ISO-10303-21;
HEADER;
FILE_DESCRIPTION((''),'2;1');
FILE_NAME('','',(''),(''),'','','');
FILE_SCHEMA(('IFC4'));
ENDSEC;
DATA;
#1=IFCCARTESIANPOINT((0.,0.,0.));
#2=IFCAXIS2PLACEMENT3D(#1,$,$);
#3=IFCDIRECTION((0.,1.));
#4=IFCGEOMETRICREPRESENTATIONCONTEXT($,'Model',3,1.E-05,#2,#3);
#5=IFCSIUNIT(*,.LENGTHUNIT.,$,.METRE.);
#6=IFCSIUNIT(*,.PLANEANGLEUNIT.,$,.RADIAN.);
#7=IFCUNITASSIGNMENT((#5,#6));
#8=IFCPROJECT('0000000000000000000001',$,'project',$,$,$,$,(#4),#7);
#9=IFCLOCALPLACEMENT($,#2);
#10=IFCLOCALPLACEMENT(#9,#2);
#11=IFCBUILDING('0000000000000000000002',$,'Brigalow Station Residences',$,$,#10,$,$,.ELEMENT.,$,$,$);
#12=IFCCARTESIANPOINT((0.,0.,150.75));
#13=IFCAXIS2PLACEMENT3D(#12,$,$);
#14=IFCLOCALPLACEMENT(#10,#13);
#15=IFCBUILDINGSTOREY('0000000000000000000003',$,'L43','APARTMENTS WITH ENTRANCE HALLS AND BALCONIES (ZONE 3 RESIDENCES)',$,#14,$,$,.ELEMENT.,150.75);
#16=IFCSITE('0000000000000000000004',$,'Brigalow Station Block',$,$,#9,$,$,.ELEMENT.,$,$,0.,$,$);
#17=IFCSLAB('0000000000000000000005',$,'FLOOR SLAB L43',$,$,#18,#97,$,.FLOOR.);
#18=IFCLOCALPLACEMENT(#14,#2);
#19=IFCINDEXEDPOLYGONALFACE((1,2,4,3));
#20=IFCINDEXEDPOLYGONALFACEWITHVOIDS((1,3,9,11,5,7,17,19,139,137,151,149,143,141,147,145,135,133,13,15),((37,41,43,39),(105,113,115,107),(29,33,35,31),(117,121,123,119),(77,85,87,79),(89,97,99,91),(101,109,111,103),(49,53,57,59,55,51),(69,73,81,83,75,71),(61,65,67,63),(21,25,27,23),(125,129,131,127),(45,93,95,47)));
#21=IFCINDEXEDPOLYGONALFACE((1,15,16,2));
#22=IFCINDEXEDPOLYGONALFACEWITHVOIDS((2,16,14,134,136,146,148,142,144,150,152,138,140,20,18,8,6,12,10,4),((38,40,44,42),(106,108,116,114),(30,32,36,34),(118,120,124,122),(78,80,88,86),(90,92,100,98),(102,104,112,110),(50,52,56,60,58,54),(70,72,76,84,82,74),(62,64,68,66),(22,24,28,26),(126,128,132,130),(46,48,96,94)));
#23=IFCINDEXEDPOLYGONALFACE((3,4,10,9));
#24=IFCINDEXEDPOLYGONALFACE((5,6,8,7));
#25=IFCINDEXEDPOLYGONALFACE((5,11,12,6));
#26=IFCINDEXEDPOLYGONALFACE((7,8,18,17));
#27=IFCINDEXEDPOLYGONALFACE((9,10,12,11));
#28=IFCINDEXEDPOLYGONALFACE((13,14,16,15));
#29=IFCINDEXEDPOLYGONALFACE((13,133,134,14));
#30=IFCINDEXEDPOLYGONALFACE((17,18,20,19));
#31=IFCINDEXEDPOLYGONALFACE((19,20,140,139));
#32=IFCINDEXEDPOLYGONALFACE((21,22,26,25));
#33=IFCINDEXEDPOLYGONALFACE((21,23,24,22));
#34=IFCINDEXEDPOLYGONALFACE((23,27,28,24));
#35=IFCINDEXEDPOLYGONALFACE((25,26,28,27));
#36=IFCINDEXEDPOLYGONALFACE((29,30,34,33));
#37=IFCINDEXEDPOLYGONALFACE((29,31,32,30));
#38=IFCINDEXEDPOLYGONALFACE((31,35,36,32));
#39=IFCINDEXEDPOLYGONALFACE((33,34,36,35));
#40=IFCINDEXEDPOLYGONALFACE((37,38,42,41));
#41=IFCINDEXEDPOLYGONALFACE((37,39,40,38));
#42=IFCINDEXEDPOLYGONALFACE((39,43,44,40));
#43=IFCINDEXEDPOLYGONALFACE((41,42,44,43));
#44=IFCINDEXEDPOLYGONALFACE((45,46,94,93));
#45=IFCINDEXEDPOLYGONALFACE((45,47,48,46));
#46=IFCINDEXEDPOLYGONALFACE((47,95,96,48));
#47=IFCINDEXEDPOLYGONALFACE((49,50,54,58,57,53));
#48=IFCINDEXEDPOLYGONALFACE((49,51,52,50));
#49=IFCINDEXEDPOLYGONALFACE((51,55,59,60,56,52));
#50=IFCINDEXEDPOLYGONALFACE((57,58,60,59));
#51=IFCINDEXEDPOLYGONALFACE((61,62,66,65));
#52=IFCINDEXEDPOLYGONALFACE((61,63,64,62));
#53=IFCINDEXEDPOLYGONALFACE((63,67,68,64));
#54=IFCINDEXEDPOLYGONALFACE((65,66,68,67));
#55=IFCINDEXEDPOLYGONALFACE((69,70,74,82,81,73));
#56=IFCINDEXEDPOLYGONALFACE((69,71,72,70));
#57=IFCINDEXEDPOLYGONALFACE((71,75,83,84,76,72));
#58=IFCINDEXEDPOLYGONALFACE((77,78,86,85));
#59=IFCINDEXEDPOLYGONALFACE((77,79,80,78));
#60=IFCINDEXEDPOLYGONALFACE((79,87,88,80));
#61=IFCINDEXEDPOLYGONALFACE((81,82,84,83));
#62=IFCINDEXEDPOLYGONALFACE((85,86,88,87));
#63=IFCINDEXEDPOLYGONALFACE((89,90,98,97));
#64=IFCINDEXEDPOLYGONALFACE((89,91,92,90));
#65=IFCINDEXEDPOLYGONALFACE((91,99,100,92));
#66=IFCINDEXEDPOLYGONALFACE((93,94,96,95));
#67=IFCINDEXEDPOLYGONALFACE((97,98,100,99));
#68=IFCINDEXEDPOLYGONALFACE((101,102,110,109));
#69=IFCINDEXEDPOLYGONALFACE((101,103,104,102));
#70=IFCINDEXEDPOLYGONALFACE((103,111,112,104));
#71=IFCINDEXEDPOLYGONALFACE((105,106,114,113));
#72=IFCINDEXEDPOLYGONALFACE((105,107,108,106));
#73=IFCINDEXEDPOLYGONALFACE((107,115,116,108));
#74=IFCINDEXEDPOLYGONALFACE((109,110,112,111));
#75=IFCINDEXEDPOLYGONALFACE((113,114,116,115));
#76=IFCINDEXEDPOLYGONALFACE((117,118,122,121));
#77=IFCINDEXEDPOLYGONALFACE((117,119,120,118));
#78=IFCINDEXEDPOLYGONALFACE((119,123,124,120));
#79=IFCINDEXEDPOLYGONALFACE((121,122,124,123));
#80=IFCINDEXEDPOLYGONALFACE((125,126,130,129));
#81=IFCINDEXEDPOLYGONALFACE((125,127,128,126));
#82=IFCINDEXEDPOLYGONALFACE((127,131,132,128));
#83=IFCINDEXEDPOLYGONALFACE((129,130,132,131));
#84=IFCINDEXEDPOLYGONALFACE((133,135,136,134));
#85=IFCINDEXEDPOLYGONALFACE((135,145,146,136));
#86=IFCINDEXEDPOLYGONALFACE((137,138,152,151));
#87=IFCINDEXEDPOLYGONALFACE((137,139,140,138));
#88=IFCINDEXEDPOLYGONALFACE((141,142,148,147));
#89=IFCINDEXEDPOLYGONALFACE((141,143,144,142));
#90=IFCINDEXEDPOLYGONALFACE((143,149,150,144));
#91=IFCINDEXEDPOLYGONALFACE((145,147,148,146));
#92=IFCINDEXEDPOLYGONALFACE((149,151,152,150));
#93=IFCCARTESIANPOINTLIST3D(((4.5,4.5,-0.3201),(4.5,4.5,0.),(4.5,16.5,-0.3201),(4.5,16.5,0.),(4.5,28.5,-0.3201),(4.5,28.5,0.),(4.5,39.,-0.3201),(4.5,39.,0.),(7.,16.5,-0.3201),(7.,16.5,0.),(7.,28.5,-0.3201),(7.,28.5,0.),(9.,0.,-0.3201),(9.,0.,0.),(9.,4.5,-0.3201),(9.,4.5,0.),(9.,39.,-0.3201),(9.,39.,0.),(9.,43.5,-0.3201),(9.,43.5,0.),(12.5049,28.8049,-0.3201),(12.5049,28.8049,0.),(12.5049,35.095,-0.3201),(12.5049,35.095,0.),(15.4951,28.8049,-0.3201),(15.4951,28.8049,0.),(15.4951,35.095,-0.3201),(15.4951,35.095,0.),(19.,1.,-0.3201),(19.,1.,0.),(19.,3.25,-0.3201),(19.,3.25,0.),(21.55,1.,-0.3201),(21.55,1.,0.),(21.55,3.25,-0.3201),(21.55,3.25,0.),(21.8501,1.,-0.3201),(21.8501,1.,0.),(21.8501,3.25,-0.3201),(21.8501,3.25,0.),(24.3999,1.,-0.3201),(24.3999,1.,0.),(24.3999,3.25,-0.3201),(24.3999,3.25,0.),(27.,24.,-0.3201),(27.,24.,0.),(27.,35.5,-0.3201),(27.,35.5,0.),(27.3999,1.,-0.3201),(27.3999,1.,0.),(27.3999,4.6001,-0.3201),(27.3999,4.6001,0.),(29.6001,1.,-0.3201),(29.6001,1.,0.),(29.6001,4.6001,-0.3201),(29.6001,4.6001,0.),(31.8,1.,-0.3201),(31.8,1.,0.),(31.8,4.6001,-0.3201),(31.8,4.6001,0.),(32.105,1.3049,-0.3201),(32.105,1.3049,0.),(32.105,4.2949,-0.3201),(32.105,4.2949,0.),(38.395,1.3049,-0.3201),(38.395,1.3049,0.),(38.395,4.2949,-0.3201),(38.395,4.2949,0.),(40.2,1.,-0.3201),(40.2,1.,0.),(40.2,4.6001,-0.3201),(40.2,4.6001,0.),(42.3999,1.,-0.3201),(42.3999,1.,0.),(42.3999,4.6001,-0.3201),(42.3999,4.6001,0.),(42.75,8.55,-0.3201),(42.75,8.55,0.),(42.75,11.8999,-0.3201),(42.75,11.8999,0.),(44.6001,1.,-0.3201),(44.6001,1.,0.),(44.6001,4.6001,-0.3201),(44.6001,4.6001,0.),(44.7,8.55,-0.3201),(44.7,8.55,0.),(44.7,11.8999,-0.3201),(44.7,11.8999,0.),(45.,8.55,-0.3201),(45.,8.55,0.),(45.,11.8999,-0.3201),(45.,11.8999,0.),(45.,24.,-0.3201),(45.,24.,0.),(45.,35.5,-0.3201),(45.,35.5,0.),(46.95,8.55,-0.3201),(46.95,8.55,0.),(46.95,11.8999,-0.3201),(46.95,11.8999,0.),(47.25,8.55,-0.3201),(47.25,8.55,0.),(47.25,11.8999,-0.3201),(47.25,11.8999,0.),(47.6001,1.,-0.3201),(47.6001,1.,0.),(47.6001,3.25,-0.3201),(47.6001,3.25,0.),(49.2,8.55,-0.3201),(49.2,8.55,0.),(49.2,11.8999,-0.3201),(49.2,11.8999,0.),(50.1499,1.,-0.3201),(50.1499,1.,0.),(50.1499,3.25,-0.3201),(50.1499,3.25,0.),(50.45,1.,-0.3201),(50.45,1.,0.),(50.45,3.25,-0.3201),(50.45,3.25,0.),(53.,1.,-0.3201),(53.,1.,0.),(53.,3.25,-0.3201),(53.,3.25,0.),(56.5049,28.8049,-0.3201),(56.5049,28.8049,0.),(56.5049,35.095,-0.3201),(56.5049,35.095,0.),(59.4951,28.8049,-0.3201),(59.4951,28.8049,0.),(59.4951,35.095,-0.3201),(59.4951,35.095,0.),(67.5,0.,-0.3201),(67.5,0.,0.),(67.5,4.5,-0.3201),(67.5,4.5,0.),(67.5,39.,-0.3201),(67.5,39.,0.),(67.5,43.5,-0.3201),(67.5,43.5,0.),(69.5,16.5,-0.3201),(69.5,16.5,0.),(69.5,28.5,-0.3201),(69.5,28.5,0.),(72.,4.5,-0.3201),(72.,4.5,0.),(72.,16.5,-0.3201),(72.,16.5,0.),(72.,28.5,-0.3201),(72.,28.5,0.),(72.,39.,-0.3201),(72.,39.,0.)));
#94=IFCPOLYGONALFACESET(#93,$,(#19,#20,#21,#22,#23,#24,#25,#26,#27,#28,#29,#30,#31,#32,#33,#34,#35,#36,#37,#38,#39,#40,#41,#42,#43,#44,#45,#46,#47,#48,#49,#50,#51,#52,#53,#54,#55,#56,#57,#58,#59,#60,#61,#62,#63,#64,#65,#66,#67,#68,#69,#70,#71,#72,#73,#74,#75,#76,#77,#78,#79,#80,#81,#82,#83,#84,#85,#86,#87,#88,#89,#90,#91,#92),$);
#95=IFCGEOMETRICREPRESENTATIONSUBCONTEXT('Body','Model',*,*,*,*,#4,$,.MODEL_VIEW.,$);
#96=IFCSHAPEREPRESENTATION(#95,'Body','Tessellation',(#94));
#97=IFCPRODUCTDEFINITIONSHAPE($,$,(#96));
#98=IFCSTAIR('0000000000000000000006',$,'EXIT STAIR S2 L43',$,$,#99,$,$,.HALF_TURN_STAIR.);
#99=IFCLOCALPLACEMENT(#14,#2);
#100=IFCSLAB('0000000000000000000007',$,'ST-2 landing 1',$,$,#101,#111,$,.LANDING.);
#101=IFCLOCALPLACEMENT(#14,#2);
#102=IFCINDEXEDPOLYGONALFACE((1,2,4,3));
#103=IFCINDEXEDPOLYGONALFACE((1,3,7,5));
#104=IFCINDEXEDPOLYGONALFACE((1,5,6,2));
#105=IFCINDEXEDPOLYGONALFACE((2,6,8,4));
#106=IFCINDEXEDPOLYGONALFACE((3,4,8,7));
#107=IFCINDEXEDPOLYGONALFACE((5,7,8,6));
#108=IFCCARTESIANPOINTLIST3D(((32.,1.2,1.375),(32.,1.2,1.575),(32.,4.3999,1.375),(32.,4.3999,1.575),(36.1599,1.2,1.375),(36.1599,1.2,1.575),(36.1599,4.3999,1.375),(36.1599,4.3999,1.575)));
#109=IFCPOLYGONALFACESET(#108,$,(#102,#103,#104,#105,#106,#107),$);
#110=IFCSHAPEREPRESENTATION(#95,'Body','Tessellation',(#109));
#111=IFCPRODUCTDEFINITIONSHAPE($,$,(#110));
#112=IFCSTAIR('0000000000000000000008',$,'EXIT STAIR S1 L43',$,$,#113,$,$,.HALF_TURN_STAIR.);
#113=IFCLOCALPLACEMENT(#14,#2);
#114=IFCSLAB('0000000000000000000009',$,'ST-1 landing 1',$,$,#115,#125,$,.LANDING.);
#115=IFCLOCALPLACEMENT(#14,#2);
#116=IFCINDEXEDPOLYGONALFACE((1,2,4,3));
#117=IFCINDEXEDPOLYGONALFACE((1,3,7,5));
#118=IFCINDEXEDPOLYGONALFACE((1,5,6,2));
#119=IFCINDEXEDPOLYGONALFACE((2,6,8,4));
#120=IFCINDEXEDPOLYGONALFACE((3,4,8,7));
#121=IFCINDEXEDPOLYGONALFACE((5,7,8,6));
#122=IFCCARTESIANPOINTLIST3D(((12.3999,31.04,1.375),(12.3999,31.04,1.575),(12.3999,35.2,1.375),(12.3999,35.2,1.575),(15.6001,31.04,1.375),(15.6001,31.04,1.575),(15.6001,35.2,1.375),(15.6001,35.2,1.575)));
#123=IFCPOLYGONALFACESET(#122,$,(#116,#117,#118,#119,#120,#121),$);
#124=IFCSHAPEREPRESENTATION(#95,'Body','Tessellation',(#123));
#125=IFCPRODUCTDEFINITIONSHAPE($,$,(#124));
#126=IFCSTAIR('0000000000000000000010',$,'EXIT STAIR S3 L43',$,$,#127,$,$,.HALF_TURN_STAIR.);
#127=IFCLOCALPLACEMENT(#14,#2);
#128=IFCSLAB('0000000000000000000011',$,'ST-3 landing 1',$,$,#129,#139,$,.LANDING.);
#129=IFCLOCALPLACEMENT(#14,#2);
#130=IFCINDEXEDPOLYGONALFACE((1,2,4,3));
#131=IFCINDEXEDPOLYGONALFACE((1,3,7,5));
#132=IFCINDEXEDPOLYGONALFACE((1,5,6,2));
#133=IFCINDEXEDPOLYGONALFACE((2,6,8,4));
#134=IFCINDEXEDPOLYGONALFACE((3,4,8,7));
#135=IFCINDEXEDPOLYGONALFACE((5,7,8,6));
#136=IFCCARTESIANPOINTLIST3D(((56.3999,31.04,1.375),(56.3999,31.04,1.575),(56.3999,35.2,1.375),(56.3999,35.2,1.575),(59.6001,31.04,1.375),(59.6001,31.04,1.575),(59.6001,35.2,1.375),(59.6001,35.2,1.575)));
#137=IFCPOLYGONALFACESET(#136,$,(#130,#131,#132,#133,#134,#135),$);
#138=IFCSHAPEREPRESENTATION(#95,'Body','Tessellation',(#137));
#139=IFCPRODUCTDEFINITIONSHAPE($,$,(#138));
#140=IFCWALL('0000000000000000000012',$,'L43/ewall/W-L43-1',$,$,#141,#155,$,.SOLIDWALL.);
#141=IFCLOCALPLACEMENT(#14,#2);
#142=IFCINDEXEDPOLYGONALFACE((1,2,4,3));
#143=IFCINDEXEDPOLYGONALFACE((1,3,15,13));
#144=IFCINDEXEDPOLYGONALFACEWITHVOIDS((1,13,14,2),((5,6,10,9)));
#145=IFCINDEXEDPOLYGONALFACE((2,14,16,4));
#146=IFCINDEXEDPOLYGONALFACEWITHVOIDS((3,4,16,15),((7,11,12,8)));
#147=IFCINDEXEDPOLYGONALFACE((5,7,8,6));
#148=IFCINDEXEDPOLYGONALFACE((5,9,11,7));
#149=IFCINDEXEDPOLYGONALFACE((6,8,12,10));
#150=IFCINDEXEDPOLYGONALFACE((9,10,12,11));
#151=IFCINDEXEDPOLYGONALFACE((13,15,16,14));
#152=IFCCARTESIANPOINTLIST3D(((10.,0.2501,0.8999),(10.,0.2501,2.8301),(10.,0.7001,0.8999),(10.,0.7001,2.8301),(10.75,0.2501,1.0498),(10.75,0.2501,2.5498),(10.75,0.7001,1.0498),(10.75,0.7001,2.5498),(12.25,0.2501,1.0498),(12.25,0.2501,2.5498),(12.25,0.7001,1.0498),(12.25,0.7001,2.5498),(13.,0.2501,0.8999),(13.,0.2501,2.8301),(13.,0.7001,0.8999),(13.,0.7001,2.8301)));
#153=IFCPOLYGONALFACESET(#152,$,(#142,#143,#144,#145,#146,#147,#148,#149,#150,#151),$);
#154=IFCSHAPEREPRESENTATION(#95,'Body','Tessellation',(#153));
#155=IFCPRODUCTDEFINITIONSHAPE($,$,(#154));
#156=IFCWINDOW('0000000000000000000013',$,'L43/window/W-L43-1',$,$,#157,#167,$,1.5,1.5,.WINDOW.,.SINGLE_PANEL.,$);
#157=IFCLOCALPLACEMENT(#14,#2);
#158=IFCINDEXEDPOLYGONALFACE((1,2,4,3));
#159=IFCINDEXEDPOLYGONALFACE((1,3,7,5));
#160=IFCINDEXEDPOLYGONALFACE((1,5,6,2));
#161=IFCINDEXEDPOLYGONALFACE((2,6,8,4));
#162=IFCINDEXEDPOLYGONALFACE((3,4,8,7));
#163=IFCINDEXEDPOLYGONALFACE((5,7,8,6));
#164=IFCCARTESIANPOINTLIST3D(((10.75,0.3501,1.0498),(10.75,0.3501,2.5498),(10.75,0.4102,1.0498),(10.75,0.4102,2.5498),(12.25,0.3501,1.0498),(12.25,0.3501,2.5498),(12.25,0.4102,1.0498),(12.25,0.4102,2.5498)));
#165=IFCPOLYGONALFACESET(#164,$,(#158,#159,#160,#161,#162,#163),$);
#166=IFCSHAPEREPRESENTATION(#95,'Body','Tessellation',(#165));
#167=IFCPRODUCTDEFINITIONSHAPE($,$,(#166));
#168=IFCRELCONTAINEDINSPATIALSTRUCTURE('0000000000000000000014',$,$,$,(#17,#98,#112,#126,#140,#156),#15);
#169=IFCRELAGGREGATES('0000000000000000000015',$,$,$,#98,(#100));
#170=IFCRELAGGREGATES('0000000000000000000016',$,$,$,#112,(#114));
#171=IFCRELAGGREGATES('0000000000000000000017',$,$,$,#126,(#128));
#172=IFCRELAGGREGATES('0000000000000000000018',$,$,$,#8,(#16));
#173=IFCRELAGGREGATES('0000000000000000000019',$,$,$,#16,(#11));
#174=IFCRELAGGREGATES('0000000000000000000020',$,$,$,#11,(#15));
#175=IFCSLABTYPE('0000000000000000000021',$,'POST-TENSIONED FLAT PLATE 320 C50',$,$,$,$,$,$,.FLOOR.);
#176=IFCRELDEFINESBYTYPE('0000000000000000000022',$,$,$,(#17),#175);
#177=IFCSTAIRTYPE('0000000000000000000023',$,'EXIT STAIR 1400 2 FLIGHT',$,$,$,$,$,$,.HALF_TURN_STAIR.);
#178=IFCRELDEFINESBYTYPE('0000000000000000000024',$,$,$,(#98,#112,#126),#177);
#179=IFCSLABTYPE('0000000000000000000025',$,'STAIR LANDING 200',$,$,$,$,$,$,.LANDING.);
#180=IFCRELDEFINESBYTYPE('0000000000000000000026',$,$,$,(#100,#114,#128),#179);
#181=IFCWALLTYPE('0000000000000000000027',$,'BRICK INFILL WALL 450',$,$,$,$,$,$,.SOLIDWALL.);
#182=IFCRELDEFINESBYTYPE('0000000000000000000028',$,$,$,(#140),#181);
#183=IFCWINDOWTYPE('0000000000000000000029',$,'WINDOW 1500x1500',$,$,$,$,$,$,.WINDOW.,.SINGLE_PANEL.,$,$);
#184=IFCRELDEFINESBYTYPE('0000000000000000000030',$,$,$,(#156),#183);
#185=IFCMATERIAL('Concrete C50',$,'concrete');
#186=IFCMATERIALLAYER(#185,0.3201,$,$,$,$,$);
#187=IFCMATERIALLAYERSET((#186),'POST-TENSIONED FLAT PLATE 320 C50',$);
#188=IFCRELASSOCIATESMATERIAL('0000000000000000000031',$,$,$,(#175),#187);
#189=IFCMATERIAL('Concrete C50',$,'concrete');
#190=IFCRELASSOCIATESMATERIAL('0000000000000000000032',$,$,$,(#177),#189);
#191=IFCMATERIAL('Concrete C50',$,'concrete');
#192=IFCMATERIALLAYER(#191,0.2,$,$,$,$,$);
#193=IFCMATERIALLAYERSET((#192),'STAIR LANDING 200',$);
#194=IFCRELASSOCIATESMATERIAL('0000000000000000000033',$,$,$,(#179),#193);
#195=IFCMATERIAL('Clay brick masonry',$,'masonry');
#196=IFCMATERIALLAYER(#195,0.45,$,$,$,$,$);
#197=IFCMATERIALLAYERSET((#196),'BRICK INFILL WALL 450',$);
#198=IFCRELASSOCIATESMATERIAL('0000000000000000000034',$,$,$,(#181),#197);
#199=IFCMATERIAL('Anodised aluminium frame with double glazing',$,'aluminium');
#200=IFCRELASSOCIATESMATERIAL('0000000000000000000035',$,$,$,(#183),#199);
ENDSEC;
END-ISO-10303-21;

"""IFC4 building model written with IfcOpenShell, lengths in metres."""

from ifc_helpers import new_model, si_unit, direction, frame, frame_2d, origin, place, context, subcontext, project, spatial, polyline, rectangle, outline, extrude, material, layer, layer_set, type_object, element, fill, aggregate, save


model = new_model("IFC4")

# Units and contexts
model_context = context("Model", 3, precision=1e-05, world=origin(), true_north=direction((0.0, 1.0)))
body_context = subcontext(model_context, "Body", "Model", "MODEL_VIEW")
ifc_project = project(units=[si_unit("LENGTHUNIT", "METRE"), si_unit("PLANEANGLEUNIT", "RADIAN")], contexts=[model_context])

# Site, building, storey
site_placement = place(None, origin())
site = spatial("IfcSite", under=ifc_project, at=site_placement, Name="Brigalow Station Block", CompositionType="ELEMENT", RefElevation=0.0)
building_placement = place(site_placement, origin())
building = spatial("IfcBuilding", under=site, at=building_placement, Name="Brigalow Station Residences", CompositionType="ELEMENT")
storey_placement = place(building_placement, frame((0.0, 0.0, 150.75)))
storey = spatial("IfcBuildingStorey", under=building, at=storey_placement, Name="L43", Description="APARTMENTS WITH ENTRANCE HALLS AND BALCONIES (ZONE 3 RESIDENCES)", CompositionType="ELEMENT", Elevation=150.75)

# Slab
ifc_material_1 = material(Name="Concrete C50", Category="concrete")
ifc_layer_1 = layer(ifc_material_1, 0.3201)
ifc_layer_set_1 = layer_set([ifc_layer_1], Name="POST-TENSIONED FLAT PLATE 320 C50")
slab_type_1 = type_object("IfcSlabType", Name="POST-TENSIONED FLAT PLATE 320 C50", PredefinedType="FLOOR", material=ifc_layer_set_1)
slab_1_placement = place(storey_placement, frame((0.0, 0.0, -0.3201)))
element("IfcSlab", 1, at=slab_1_placement, inside=storey, type_object=slab_type_1, Name="FLOOR SLAB L43", PredefinedType="FLOOR", context=body_context, shape_type="SweptSolid", body=[
    extrude(outline(polyline([(9.0, 0.0), (67.5, 0.0), (67.5, 4.5), (72.0, 4.5), (72.0, 16.5), (69.5, 16.5), (69.5, 28.5), (72.0, 28.5), (72.0, 39.0), (67.5, 39.0), (67.5, 43.5), (9.0, 43.5), (9.0, 39.0), (4.5, 39.0), (4.5, 28.5), (7.0, 28.5), (7.0, 16.5), (4.5, 16.5), (4.5, 4.5), (9.0, 4.5), (9.0, 0.0)]), holes=[polyline([(12.5049, 35.095), (15.4951, 35.095), (15.4951, 28.8049), (12.5049, 28.8049), (12.5049, 35.095)]), polyline([(19.0, 1.0), (19.0, 3.25), (21.55, 3.25), (21.55, 1.0), (19.0, 1.0)]), polyline([(21.8501, 3.25), (24.3999, 3.25), (24.3999, 1.0), (21.8501, 1.0), (21.8501, 3.25)]), polyline([(27.0, 35.5), (45.0, 35.5), (45.0, 24.0), (27.0, 24.0), (27.0, 35.5)]), polyline([(29.6001, 4.6001), (31.8, 4.6001), (31.8, 1.0), (29.6001, 1.0), (27.3999, 1.0), (27.3999, 4.6001), (29.6001, 4.6001)]), polyline([(32.105, 4.2949), (38.395, 4.2949), (38.395, 1.3049), (32.105, 1.3049), (32.105, 4.2949)]), polyline([(40.2, 4.6001), (42.3999, 4.6001), (44.6001, 4.6001), (44.6001, 1.0), (42.3999, 1.0), (40.2, 1.0), (40.2, 4.6001)]), polyline([(42.75, 11.8999), (44.7, 11.8999), (44.7, 8.55), (42.75, 8.55), (42.75, 11.8999)]), polyline([(45.0, 11.8999), (46.95, 11.8999), (46.95, 8.55), (45.0, 8.55), (45.0, 11.8999)]), polyline([(47.25, 11.8999), (49.2, 11.8999), (49.2, 8.55), (47.25, 8.55), (47.25, 11.8999)]), polyline([(47.6001, 3.25), (50.1499, 3.25), (50.1499, 1.0), (47.6001, 1.0), (47.6001, 3.25)]), polyline([(50.45, 3.25), (53.0, 3.25), (53.0, 1.0), (50.45, 1.0), (50.45, 3.25)]), polyline([(56.5049, 35.095), (59.4951, 35.095), (59.4951, 28.8049), (56.5049, 28.8049), (56.5049, 35.095)])]), origin(), (0.0, 0.0, 1.0), 0.3201),
])

# Stairs, slabs
ifc_material_2 = material(Name="Concrete C50", Category="concrete")
stair_type = type_object("IfcStairType", Name="EXIT STAIR 1400 2 FLIGHT", PredefinedType="HALF_TURN_STAIR", material=ifc_material_2)
stair_1_placement = place(storey_placement, origin())
stair_1 = element("IfcStair", 2, at=stair_1_placement, inside=storey, type_object=stair_type, Name="EXIT STAIR S2 L43", PredefinedType="HALF_TURN_STAIR")
ifc_material_3 = material(Name="Concrete C50", Category="concrete")
ifc_layer_2 = layer(ifc_material_3, 0.2)
ifc_layer_set_2 = layer_set([ifc_layer_2], Name="STAIR LANDING 200")
slab_type_2 = type_object("IfcSlabType", Name="STAIR LANDING 200", PredefinedType="LANDING", material=ifc_layer_set_2)
slab_2_placement = place(storey_placement, frame((0.0, 0.0, 1.375)))
slab_2 = element("IfcSlab", 3, at=slab_2_placement, type_object=slab_type_2, Name="ST-2 landing 1", PredefinedType="LANDING", context=body_context, shape_type="SweptSolid", body=[
    extrude(outline(polyline([(32.0, 1.2), (36.1599, 1.2), (36.1599, 4.3999), (32.0, 4.3999), (32.0, 1.2)])), origin(), (0.0, 0.0, 1.0), 0.2),
])
aggregate(stair_1, [slab_2])
stair_2_placement = place(storey_placement, origin())
stair_2 = element("IfcStair", 4, at=stair_2_placement, inside=storey, type_object=stair_type, Name="EXIT STAIR S1 L43", PredefinedType="HALF_TURN_STAIR")
slab_3_placement = place(storey_placement, frame((0.0, 0.0, 1.375)))
slab_3 = element("IfcSlab", 5, at=slab_3_placement, type_object=slab_type_2, Name="ST-1 landing 1", PredefinedType="LANDING", context=body_context, shape_type="SweptSolid", body=[
    extrude(outline(polyline([(12.3999, 31.04), (15.6001, 31.04), (15.6001, 35.2), (12.3999, 35.2), (12.3999, 31.04)])), origin(), (0.0, 0.0, 1.0), 0.2),
])
aggregate(stair_2, [slab_3])
stair_3_placement = place(storey_placement, origin())
stair_3 = element("IfcStair", 6, at=stair_3_placement, inside=storey, type_object=stair_type, Name="EXIT STAIR S3 L43", PredefinedType="HALF_TURN_STAIR")
slab_4_placement = place(storey_placement, frame((0.0, 0.0, 1.375)))
slab_4 = element("IfcSlab", 7, at=slab_4_placement, type_object=slab_type_2, Name="ST-3 landing 1", PredefinedType="LANDING", context=body_context, shape_type="SweptSolid", body=[
    extrude(outline(polyline([(56.3999, 31.04), (59.6001, 31.04), (59.6001, 35.2), (56.3999, 35.2), (56.3999, 31.04)])), origin(), (0.0, 0.0, 1.0), 0.2),
])
aggregate(stair_3, [slab_4])

# Wall, opening, window
ifc_material_4 = material(Name="Clay brick masonry", Category="masonry")
ifc_layer_3 = layer(ifc_material_4, 0.45)
ifc_layer_set_3 = layer_set([ifc_layer_3], Name="BRICK INFILL WALL 450")
wall_type_1 = type_object("IfcWallType", Name="BRICK INFILL WALL 450", PredefinedType="SOLIDWALL", material=ifc_layer_set_3)
wall_1_placement = place(storey_placement, frame((10.0, 0.4751, 0.8999), z_axis=(0.0, 0.0, 1.0), x_axis=(1.0, 0.0, 0.0)))
wall_1 = element("IfcWall", 8, at=wall_1_placement, inside=storey, type_object=wall_type_1, Name="L43/ewall/W-L43-1", PredefinedType="SOLIDWALL", context=body_context, shape_type="SweptSolid", body=[
    extrude(rectangle(XDim=3.0, YDim=0.45, at=frame_2d((1.5, 0.0))), origin(), (0.0, 0.0, 1.0), 1.9302),
])
opening_1_placement = place(wall_1_placement, frame((0.75, 0.0, 0.1499)))
opening_1 = element("IfcOpeningElement", 9, at=opening_1_placement, cuts=wall_1, PredefinedType="OPENING", context=body_context, shape_type="SweptSolid", body=[
    extrude(rectangle(XDim=1.5, YDim=1.5, at=frame_2d((0.75, 0.75))), frame((0.0, 0.2349, 0.0), z_axis=(0.0, -1.0, 0.0), x_axis=(1.0, 0.0, 0.0)), (0.0, 0.0, 1.0), 0.47),
])
ifc_material_5 = material(Name="Anodised aluminium frame with double glazing", Category="aluminium")
window_type_1 = type_object("IfcWindowType", Name="WINDOW 1500x1500", PartitioningType="SINGLE_PANEL", PredefinedType="WINDOW", material=ifc_material_5)
window_1_placement = place(opening_1_placement, origin())
window_1 = element("IfcWindow", 10, at=window_1_placement, inside=storey, type_object=window_type_1, Name="L43/window/W-L43-1", OverallHeight=1.5, OverallWidth=1.5, PartitioningType="SINGLE_PANEL", PredefinedType="WINDOW", context=body_context, shape_type="SweptSolid", body=[
    extrude(rectangle(XDim=1.5, YDim=1.5, at=frame_2d((0.75, 0.75))), frame((0.0, -0.0649, 0.0), z_axis=(0.0, -1.0, 0.0), x_axis=(1.0, 0.0, 0.0)), (0.0, 0.0, 1.0), 0.0601),
])
fill(opening_1, window_1)

save(model, "model.ifc")
